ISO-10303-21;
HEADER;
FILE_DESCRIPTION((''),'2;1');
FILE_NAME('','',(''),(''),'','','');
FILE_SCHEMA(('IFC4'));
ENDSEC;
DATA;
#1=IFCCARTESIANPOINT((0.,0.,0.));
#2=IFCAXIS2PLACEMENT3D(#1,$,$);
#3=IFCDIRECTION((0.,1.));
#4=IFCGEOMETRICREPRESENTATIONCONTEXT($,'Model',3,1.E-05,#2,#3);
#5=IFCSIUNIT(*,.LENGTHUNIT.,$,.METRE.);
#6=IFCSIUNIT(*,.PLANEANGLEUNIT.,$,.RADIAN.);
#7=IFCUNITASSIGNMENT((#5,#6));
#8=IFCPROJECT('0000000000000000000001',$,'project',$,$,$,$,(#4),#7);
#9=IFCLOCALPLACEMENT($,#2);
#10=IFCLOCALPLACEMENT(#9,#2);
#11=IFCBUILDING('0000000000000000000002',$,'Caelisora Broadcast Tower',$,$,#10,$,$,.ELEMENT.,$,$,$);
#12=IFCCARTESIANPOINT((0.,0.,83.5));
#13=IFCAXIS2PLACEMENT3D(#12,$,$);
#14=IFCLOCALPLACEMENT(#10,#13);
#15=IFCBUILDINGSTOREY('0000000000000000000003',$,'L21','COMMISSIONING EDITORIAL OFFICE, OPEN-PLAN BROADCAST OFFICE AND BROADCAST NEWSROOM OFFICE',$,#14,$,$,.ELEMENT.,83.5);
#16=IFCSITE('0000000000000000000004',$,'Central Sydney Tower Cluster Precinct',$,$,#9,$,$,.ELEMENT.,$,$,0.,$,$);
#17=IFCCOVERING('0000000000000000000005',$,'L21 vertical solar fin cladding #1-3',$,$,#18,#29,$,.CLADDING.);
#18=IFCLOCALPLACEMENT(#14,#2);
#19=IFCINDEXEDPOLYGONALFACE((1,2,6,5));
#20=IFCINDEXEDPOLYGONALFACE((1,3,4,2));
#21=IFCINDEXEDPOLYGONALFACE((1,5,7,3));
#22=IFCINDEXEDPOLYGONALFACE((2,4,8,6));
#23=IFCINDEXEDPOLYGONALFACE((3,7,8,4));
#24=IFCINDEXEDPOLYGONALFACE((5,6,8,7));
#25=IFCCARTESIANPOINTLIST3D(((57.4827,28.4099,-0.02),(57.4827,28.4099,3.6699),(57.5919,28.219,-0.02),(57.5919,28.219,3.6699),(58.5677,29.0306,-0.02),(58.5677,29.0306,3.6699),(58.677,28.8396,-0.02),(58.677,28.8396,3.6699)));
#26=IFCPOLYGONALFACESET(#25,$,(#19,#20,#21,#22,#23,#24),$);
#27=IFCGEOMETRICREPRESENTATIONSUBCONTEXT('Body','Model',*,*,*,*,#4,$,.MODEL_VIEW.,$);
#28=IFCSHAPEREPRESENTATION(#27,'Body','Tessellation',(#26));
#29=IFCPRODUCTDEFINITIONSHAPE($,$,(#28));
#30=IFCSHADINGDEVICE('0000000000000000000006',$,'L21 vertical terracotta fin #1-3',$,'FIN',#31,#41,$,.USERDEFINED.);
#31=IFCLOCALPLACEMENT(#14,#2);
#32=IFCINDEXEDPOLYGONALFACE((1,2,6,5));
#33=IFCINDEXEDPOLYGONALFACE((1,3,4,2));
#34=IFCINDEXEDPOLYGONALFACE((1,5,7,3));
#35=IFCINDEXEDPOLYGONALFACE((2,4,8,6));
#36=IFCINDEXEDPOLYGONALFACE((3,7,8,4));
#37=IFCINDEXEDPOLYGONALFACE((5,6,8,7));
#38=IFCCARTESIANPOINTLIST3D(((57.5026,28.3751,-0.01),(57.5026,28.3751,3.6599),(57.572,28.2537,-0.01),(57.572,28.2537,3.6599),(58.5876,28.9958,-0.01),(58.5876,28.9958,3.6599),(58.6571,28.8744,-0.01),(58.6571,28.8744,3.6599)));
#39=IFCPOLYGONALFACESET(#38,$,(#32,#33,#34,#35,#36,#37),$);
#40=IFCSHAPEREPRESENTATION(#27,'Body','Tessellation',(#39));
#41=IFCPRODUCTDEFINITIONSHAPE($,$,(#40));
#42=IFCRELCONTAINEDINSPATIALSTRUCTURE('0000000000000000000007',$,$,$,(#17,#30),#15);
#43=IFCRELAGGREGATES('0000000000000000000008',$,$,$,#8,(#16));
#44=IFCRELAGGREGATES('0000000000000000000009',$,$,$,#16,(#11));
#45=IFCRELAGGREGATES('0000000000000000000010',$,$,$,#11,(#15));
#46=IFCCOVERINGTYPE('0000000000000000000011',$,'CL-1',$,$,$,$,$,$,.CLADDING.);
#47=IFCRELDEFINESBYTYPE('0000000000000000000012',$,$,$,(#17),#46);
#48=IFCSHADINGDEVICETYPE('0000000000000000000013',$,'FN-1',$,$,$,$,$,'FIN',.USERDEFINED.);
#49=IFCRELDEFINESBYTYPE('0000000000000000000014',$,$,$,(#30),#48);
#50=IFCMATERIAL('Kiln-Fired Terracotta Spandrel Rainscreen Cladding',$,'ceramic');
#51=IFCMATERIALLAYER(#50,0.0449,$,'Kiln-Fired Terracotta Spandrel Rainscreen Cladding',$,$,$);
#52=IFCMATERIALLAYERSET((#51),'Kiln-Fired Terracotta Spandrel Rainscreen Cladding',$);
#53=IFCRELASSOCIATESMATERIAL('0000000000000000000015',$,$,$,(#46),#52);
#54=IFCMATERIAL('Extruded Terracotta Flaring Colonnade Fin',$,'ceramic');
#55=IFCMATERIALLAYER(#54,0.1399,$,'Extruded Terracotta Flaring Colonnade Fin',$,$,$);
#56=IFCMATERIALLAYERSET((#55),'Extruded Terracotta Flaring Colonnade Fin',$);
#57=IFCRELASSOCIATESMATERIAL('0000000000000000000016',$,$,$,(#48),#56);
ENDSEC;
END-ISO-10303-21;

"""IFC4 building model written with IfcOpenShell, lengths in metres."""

from ifc_helpers import new_model, si_unit, direction, frame, origin, origin_2d, place, context, subcontext, project, spatial, rectangle, extrude, source, transform, mapped, material, layer, layer_set, type_object, type_shapes, element, save


model = new_model("IFC4")

# Units and contexts
model_context = context("Model", 3, precision=1e-05, world=origin(), true_north=direction((0.0, 1.0)))
body_context = subcontext(model_context, "Body", "Model", "MODEL_VIEW")
ifc_project = project(units=[si_unit("LENGTHUNIT", "METRE"), si_unit("PLANEANGLEUNIT", "RADIAN")], contexts=[model_context])

# Site, building, storey
site_placement = place(None, origin())
site = spatial("IfcSite", under=ifc_project, at=site_placement, Name="Central Sydney Tower Cluster Precinct", CompositionType="ELEMENT", RefElevation=0.0)
building_placement = place(site_placement, origin())
building = spatial("IfcBuilding", under=site, at=building_placement, Name="Caelisora Broadcast Tower", CompositionType="ELEMENT")
storey_placement = place(building_placement, frame((0.0, 0.0, 83.5)))
storey = spatial("IfcBuildingStorey", under=building, at=storey_placement, Name="L21", Description="COMMISSIONING EDITORIAL OFFICE, OPEN-PLAN BROADCAST OFFICE AND BROADCAST NEWSROOM OFFICE", CompositionType="ELEMENT", Elevation=83.5)

# Covering
ifc_material_1 = material(Name="Kiln-Fired Terracotta Spandrel Rainscreen Cladding", Category="ceramic")
ifc_layer_1 = layer(ifc_material_1, 0.0449, Name="Kiln-Fired Terracotta Spandrel Rainscreen Cladding")
ifc_layer_set_1 = layer_set([ifc_layer_1], Name="Kiln-Fired Terracotta Spandrel Rainscreen Cladding")
covering_type = type_object("IfcCoveringType", Name="CL-1", PredefinedType="CLADDING", material=ifc_layer_set_1)
shared_shape_1 = source(origin(), body_context, "Body", "SweptSolid", [
    extrude(rectangle(XDim=0.22, YDim=1.25, at=origin_2d()), origin(), (0.0, 0.0, 1.0), 3.6899),
])
type_shapes(covering_type, [shared_shape_1])
covering_placement = place(storey_placement, frame((58.0798, 28.6248, -0.02), z_axis=(0.0, 0.0, 1.0), x_axis=(0.49652, -0.868026, 0.0)))
element("IfcCovering", 1, at=covering_placement, inside=storey, type_object=covering_type, Name="L21 vertical solar fin cladding #1-3", PredefinedType="CLADDING", context=body_context, shape_type="MappedRepresentation", body=[
    mapped(shared_shape_1, transform((0.0, 0.0, 0.0), scale=1.0)),
])

# Shading device
ifc_material_2 = material(Name="Extruded Terracotta Flaring Colonnade Fin", Category="ceramic")
ifc_layer_2 = layer(ifc_material_2, 0.1399, Name="Extruded Terracotta Flaring Colonnade Fin")
ifc_layer_set_2 = layer_set([ifc_layer_2], Name="Extruded Terracotta Flaring Colonnade Fin")
shading_device_type = type_object("IfcShadingDeviceType", Name="FN-1", ElementType="FIN", PredefinedType="USERDEFINED", material=ifc_layer_set_2)
shared_shape_2 = source(origin(), body_context, "Body", "SweptSolid", [
    extrude(rectangle(XDim=0.1399, YDim=1.25, at=origin_2d()), origin(), (0.0, 0.0, 1.0), 3.6699),
])
type_shapes(shading_device_type, [shared_shape_2])
shading_device_placement = place(storey_placement, frame((58.0798, 28.6248, -0.01), z_axis=(0.0, 0.0, 1.0), x_axis=(0.49652, -0.868026, 0.0)))
element("IfcShadingDevice", 2, at=shading_device_placement, inside=storey, type_object=shading_device_type, Name="L21 vertical terracotta fin #1-3", ObjectType="FIN", PredefinedType="USERDEFINED", context=body_context, shape_type="MappedRepresentation", body=[
    mapped(shared_shape_2, transform((0.0, 0.0, 0.0), scale=1.0)),
])

save(model, "model.ifc")
